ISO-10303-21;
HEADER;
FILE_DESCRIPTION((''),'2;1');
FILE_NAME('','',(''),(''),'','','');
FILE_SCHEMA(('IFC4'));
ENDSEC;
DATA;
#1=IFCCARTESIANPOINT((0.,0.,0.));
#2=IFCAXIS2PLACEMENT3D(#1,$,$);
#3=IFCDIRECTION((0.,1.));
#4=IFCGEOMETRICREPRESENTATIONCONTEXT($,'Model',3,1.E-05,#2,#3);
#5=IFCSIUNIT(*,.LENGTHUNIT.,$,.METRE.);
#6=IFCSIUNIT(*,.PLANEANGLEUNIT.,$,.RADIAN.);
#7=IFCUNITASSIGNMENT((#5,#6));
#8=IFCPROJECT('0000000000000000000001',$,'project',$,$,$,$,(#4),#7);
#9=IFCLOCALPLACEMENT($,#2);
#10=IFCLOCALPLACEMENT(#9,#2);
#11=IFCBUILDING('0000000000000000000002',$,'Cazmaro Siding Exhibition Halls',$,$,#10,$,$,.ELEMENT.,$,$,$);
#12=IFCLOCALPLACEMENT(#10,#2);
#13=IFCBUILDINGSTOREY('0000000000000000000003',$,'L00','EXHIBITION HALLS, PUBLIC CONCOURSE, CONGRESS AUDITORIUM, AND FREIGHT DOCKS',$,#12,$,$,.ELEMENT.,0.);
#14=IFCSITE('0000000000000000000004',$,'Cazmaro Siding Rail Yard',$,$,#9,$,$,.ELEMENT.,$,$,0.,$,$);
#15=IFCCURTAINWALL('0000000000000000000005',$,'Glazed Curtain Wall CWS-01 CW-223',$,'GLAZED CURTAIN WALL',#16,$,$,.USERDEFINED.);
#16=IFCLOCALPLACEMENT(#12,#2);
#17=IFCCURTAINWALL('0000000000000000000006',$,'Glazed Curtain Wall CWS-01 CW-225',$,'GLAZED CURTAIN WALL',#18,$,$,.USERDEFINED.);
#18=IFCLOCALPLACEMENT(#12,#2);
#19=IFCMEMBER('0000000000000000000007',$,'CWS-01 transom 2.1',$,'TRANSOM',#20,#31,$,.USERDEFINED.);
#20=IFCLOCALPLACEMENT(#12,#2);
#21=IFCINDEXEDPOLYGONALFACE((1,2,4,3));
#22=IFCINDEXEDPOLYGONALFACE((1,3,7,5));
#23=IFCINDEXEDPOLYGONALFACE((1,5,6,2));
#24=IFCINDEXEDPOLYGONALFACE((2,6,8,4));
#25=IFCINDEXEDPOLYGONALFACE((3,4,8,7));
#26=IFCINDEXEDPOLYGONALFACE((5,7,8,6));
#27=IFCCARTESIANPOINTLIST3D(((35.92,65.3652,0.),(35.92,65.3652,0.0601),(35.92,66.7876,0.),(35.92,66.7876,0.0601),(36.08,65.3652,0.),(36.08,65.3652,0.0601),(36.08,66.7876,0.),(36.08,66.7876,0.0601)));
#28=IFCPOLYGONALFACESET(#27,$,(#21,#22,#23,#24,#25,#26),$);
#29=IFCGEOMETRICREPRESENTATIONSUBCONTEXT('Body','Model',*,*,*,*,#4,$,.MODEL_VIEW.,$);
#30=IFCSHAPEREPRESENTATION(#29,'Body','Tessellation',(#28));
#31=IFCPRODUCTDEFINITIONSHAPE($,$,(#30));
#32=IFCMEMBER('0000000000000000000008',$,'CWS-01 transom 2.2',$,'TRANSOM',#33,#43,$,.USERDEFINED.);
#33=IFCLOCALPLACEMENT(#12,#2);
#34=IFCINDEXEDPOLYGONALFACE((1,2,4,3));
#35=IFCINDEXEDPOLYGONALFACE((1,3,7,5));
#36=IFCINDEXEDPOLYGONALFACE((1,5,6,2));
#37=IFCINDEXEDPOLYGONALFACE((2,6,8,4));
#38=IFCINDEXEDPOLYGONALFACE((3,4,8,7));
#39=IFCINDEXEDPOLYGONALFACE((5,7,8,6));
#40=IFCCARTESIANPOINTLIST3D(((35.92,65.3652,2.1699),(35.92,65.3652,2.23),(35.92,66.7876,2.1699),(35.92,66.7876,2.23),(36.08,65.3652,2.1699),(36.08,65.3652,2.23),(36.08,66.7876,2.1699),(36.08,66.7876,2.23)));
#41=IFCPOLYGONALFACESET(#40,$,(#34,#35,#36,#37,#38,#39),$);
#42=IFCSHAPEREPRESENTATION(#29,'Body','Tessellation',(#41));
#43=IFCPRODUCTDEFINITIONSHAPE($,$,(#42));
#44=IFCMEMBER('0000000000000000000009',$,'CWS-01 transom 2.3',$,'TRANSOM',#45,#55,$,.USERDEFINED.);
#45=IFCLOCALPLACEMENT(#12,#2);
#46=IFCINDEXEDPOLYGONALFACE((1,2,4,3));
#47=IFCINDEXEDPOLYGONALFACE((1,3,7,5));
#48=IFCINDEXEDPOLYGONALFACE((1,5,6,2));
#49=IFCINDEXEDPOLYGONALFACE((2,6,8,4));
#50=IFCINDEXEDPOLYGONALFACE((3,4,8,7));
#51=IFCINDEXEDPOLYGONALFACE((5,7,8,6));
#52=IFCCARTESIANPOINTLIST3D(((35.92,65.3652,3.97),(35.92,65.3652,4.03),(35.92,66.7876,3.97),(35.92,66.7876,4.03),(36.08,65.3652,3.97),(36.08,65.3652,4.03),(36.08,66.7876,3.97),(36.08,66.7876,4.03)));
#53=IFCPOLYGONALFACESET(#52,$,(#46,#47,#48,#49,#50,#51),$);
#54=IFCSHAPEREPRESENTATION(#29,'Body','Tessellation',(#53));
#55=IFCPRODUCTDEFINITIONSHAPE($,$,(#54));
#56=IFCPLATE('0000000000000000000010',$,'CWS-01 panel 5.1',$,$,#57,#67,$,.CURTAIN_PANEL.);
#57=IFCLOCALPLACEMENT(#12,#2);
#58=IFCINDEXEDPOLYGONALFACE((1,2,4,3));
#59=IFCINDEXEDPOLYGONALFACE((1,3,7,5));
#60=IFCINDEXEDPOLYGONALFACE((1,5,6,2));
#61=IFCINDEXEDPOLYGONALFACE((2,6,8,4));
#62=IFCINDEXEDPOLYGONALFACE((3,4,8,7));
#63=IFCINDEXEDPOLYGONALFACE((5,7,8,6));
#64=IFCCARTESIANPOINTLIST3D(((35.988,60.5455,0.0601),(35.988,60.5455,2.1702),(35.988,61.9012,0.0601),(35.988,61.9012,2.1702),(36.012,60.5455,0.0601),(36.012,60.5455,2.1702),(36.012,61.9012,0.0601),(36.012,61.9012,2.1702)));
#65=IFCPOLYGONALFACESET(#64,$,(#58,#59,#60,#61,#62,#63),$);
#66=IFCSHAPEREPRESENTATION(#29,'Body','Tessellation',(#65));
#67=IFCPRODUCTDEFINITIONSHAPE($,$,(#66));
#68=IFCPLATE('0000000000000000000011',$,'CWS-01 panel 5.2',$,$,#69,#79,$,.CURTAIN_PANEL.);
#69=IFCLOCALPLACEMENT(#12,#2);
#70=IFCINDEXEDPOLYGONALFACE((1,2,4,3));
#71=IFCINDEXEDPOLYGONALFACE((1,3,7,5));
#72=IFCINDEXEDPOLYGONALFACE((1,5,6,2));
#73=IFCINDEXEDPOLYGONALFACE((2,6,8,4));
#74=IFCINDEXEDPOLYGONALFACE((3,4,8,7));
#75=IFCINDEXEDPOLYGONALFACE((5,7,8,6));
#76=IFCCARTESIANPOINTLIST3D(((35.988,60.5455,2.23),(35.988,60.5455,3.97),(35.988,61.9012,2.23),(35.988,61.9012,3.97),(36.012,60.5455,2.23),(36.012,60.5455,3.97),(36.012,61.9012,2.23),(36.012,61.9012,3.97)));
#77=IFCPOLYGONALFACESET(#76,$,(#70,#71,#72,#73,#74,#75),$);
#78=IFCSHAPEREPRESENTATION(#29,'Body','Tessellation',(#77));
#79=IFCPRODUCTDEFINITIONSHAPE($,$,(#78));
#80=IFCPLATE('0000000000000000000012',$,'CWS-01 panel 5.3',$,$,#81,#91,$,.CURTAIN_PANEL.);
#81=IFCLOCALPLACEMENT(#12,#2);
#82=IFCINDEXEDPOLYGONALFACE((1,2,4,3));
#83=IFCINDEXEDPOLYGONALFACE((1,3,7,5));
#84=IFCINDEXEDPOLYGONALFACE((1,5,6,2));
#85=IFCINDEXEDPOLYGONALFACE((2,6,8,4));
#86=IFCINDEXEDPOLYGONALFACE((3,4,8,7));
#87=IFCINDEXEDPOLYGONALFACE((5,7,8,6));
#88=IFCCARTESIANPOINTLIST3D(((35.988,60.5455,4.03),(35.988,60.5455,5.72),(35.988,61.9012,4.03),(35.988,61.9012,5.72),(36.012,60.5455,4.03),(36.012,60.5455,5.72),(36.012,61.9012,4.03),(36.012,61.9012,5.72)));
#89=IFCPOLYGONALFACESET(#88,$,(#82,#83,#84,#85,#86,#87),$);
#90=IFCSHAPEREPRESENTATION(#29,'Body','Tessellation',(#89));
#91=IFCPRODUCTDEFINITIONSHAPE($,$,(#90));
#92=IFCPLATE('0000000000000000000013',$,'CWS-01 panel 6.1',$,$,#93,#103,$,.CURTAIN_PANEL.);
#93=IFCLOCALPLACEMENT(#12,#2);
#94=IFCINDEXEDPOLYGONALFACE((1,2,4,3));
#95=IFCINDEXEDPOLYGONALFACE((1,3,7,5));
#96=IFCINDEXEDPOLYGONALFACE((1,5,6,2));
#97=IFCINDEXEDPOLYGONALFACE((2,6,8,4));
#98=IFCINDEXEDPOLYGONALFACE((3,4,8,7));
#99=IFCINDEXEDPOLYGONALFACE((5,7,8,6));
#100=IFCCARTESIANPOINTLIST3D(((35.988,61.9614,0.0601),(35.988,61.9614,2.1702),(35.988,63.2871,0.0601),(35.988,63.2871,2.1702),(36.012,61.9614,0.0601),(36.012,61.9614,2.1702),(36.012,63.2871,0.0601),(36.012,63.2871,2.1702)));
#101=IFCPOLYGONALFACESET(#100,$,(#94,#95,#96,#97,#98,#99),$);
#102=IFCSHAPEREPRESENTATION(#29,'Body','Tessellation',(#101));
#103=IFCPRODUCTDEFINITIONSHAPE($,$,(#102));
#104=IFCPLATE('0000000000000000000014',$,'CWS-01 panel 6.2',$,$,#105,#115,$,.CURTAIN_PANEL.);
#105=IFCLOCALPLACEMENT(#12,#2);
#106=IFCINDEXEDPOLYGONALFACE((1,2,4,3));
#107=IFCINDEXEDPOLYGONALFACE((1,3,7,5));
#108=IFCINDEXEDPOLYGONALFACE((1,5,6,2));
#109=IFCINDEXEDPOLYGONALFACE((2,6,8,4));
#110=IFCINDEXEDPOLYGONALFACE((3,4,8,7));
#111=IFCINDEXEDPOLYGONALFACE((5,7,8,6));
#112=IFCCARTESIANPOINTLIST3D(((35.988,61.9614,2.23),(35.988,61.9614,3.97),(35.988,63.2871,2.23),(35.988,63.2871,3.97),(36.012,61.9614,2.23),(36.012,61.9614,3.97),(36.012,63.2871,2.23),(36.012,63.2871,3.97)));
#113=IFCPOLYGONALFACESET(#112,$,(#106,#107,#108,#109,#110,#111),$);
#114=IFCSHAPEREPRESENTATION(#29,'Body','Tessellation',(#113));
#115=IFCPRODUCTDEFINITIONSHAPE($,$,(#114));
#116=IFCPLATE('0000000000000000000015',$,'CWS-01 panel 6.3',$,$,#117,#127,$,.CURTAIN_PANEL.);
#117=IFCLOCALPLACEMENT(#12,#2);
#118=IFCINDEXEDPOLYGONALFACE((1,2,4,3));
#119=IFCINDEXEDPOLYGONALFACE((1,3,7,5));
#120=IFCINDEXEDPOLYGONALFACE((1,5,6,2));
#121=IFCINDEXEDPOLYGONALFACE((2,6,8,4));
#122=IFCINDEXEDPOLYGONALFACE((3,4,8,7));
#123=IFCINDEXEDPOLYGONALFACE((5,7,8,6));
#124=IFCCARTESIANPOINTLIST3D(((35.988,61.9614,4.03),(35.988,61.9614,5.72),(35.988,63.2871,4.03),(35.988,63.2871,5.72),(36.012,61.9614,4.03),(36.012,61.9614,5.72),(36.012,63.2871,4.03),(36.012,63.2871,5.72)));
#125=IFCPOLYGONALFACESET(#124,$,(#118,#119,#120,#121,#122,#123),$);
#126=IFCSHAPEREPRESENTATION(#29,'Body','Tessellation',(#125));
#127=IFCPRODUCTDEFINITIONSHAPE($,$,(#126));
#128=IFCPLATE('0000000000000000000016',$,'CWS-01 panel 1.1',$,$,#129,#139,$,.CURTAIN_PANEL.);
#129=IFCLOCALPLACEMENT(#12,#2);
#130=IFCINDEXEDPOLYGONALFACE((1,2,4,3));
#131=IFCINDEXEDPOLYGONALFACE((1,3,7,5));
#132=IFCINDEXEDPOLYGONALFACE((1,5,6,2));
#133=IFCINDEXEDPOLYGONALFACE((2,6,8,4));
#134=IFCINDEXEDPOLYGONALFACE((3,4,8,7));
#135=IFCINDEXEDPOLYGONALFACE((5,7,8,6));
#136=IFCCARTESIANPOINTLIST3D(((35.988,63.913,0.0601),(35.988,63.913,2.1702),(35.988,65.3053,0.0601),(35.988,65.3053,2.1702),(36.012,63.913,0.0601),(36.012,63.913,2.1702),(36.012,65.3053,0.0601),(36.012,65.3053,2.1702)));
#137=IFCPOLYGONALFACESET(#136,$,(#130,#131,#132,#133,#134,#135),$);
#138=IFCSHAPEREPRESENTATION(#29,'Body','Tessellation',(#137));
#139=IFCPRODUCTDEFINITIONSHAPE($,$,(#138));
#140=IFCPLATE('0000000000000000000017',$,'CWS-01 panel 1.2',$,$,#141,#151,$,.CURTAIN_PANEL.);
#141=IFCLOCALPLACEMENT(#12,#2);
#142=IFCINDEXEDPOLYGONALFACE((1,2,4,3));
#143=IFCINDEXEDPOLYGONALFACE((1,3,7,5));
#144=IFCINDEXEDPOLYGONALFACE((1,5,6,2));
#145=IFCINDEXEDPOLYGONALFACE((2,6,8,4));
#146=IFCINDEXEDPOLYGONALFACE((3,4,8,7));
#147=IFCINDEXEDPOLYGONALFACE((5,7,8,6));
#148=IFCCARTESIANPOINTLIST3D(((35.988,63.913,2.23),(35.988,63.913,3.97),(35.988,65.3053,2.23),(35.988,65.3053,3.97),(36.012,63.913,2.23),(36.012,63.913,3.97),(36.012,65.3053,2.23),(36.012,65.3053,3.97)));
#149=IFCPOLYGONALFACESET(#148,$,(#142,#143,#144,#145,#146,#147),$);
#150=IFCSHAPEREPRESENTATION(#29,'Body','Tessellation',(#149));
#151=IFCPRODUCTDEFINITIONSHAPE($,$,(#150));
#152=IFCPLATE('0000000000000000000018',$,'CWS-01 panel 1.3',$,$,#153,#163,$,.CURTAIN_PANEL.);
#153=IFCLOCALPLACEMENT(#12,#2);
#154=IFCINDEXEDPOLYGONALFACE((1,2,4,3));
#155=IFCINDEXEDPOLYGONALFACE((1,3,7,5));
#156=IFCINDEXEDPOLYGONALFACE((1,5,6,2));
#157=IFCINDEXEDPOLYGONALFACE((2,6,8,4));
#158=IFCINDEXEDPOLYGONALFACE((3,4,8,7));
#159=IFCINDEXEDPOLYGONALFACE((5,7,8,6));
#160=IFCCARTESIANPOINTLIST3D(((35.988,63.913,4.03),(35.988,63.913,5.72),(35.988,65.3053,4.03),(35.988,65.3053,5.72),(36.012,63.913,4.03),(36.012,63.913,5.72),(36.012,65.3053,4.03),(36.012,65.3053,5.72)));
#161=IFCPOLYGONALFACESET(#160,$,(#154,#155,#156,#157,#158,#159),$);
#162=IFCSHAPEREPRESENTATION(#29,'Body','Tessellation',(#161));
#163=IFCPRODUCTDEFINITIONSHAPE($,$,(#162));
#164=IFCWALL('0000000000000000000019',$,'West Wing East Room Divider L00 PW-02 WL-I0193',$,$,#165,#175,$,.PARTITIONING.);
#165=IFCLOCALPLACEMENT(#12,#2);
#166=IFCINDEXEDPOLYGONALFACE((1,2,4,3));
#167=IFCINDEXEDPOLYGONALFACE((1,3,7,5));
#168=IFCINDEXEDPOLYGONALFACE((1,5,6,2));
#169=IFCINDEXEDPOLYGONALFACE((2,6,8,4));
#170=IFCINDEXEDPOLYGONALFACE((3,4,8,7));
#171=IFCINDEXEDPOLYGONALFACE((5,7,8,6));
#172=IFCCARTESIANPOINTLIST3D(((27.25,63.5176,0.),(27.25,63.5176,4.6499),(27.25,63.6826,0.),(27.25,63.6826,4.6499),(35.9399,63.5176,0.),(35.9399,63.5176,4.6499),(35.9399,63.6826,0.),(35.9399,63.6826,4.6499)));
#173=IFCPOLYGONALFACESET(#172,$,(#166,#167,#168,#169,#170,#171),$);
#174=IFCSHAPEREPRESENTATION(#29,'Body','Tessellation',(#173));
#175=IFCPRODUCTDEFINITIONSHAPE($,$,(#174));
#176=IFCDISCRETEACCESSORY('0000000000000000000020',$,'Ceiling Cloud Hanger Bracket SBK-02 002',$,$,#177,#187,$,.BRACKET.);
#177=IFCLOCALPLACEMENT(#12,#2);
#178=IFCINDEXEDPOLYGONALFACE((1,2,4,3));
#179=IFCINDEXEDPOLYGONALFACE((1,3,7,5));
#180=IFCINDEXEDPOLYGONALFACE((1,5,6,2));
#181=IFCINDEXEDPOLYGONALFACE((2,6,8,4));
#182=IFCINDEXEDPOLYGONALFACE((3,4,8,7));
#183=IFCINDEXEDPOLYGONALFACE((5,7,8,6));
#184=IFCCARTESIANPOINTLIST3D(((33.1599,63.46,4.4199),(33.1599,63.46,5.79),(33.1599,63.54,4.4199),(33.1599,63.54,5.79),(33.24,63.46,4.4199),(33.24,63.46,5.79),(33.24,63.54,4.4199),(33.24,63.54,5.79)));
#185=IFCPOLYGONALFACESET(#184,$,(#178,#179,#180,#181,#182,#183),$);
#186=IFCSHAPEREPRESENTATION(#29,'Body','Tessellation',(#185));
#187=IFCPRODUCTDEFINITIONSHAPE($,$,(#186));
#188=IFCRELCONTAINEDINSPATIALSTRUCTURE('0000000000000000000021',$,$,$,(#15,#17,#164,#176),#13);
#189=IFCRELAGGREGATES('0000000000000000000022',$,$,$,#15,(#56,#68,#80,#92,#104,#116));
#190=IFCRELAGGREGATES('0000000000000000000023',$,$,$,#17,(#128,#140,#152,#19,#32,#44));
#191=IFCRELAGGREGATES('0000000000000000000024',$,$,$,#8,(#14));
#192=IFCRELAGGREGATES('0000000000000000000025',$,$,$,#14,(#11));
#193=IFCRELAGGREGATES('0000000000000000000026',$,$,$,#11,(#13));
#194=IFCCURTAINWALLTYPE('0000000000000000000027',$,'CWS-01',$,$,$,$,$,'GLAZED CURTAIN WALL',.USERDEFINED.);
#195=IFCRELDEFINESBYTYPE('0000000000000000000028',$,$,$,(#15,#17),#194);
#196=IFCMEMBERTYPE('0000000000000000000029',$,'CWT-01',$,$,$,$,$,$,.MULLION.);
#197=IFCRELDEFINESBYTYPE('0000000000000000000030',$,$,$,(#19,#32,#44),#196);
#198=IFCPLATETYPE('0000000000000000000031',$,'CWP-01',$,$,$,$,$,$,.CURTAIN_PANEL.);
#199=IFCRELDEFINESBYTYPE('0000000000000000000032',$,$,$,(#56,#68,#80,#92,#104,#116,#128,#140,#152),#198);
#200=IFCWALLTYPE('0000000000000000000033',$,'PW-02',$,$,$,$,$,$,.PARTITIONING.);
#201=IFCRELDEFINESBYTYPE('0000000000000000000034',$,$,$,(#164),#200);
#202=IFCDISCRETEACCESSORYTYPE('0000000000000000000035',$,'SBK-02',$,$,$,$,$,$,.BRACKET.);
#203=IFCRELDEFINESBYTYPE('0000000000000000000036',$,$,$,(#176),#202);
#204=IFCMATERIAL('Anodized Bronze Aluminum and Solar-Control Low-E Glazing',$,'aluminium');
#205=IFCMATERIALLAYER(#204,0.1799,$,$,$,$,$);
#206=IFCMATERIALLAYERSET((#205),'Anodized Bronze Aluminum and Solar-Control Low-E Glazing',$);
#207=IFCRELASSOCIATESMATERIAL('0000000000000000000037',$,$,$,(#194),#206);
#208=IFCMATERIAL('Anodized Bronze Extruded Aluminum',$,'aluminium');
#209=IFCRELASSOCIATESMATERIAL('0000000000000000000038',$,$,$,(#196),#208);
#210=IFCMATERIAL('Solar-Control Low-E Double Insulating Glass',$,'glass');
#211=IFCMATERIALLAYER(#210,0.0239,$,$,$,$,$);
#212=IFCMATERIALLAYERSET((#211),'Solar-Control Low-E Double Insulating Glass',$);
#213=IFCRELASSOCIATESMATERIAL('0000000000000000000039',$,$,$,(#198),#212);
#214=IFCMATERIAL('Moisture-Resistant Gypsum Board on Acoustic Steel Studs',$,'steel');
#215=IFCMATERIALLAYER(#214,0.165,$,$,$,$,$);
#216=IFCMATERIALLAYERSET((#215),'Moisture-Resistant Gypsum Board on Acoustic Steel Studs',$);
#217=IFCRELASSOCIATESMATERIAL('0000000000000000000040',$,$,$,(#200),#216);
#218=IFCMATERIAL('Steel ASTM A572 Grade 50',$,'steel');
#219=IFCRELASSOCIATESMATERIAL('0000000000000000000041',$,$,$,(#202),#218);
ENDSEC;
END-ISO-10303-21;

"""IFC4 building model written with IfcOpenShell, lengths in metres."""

from ifc_helpers import new_model, si_unit, direction, frame, frame_2d, origin, origin_2d, place, context, subcontext, project, spatial, rectangle, extrude, material, layer, layer_set, material_profile, profile_set, type_object, element, aggregate, save


model = new_model("IFC4")

# Units and contexts
model_context = context("Model", 3, precision=1e-05, world=origin(), true_north=direction((0.0, 1.0)))
body_context = subcontext(model_context, "Body", "Model", "MODEL_VIEW")
ifc_project = project(units=[si_unit("LENGTHUNIT", "METRE"), si_unit("PLANEANGLEUNIT", "RADIAN")], contexts=[model_context])

# Site, building, storey
site_placement = place(None, origin())
site = spatial("IfcSite", under=ifc_project, at=site_placement, Name="Cazmaro Siding Rail Yard", CompositionType="ELEMENT", RefElevation=0.0)
building_placement = place(site_placement, origin())
building = spatial("IfcBuilding", under=site, at=building_placement, Name="Cazmaro Siding Exhibition Halls", CompositionType="ELEMENT")
storey_placement = place(building_placement, origin())
storey = spatial("IfcBuildingStorey", under=building, at=storey_placement, Name="L00", Description="EXHIBITION HALLS, PUBLIC CONCOURSE, CONGRESS AUDITORIUM, AND FREIGHT DOCKS", CompositionType="ELEMENT", Elevation=0.0)

# Curtain walls
ifc_material_1 = material(Name="Anodized Bronze Aluminum and Solar-Control Low-E Glazing", Category="aluminium")
ifc_layer_1 = layer(ifc_material_1, 0.1799)
ifc_layer_set_1 = layer_set([ifc_layer_1], Name="Anodized Bronze Aluminum and Solar-Control Low-E Glazing")
curtain_wall_type = type_object("IfcCurtainWallType", Name="CWS-01", ElementType="GLAZED CURTAIN WALL", PredefinedType="USERDEFINED", material=ifc_layer_set_1)
curtain_wall_1_placement = place(storey_placement, origin())
curtain_wall_1 = element("IfcCurtainWall", 1, at=curtain_wall_1_placement, inside=storey, type_object=curtain_wall_type, Name="Glazed Curtain Wall CWS-01 CW-223", ObjectType="GLAZED CURTAIN WALL", PredefinedType="USERDEFINED")
curtain_wall_2_placement = place(storey_placement, origin())
curtain_wall_2 = element("IfcCurtainWall", 2, at=curtain_wall_2_placement, inside=storey, type_object=curtain_wall_type, Name="Glazed Curtain Wall CWS-01 CW-225", ObjectType="GLAZED CURTAIN WALL", PredefinedType="USERDEFINED")

# Members
ifc_material_2 = material(Name="Anodized Bronze Extruded Aluminum", Category="aluminium")
ifc_material_profile_1 = material_profile(ifc_material_2, rectangle(XDim=0.1599, YDim=0.0601, at=origin_2d()), Name="CWT-01")
ifc_profile_set_1 = profile_set([ifc_material_profile_1], Name="Anodized Bronze Extruded Aluminum")
member_type_1 = type_object("IfcMemberType", Name="CWT-01", PredefinedType="MULLION", material=ifc_profile_set_1)
member_1_placement = place(storey_placement, frame((36.0, 65.3652, 0.03), z_axis=(0.0, 1.0, 0.0), x_axis=(-1.0, 0.0, 0.0)))
member_1 = element("IfcMember", 3, at=member_1_placement, type_object=member_type_1, Name="CWS-01 transom 2.1", ObjectType="TRANSOM", PredefinedType="USERDEFINED", context=body_context, shape_type="SweptSolid", body=[
    extrude(rectangle(XDim=0.1599, YDim=0.0601, at=origin_2d()), origin(), (0.0, 0.0, 1.0), 1.4224),
])
member_2_placement = place(storey_placement, frame((36.0, 65.3652, 2.2), z_axis=(0.0, 1.0, 0.0), x_axis=(-1.0, 0.0, 0.0)))
member_2 = element("IfcMember", 4, at=member_2_placement, type_object=member_type_1, Name="CWS-01 transom 2.2", ObjectType="TRANSOM", PredefinedType="USERDEFINED", context=body_context, shape_type="SweptSolid", body=[
    extrude(rectangle(XDim=0.1599, YDim=0.0601, at=origin_2d()), origin(), (0.0, 0.0, 1.0), 1.4224),
])
member_3_placement = place(storey_placement, frame((36.0, 65.3652, 4.0), z_axis=(0.0, 1.0, 0.0), x_axis=(-1.0, 0.0, 0.0)))
member_3 = element("IfcMember", 5, at=member_3_placement, type_object=member_type_1, Name="CWS-01 transom 2.3", ObjectType="TRANSOM", PredefinedType="USERDEFINED", context=body_context, shape_type="SweptSolid", body=[
    extrude(rectangle(XDim=0.1599, YDim=0.0601, at=origin_2d()), origin(), (0.0, 0.0, 1.0), 1.4224),
])

# Plates
ifc_material_3 = material(Name="Solar-Control Low-E Double Insulating Glass", Category="glass")
ifc_layer_2 = layer(ifc_material_3, 0.0239)
ifc_layer_set_2 = layer_set([ifc_layer_2], Name="Solar-Control Low-E Double Insulating Glass")
plate_type = type_object("IfcPlateType", Name="CWP-01", PredefinedType="CURTAIN_PANEL", material=ifc_layer_set_2)
plate_1_placement = place(storey_placement, frame((36.0, 61.2234, 0.0601), z_axis=(0.0, 0.0, 1.0), x_axis=(0.0, 1.0, 0.0)))
plate_1 = element("IfcPlate", 6, at=plate_1_placement, type_object=plate_type, Name="CWS-01 panel 5.1", PredefinedType="CURTAIN_PANEL", context=body_context, shape_type="SweptSolid", body=[
    extrude(rectangle(XDim=1.3557, YDim=0.0239, at=origin_2d()), origin(), (0.0, 0.0, 1.0), 2.1101),
])
plate_2_placement = place(storey_placement, frame((36.0, 61.2234, 2.23), z_axis=(0.0, 0.0, 1.0), x_axis=(0.0, 1.0, 0.0)))
plate_2 = element("IfcPlate", 7, at=plate_2_placement, type_object=plate_type, Name="CWS-01 panel 5.2", PredefinedType="CURTAIN_PANEL", context=body_context, shape_type="SweptSolid", body=[
    extrude(rectangle(XDim=1.3557, YDim=0.0239, at=origin_2d()), origin(), (0.0, 0.0, 1.0), 1.74),
])
plate_3_placement = place(storey_placement, frame((36.0, 61.2234, 4.03), z_axis=(0.0, 0.0, 1.0), x_axis=(0.0, 1.0, 0.0)))
plate_3 = element("IfcPlate", 8, at=plate_3_placement, type_object=plate_type, Name="CWS-01 panel 5.3", PredefinedType="CURTAIN_PANEL", context=body_context, shape_type="SweptSolid", body=[
    extrude(rectangle(XDim=1.3557, YDim=0.0239, at=origin_2d()), origin(), (0.0, 0.0, 1.0), 1.6899),
])
plate_4_placement = place(storey_placement, frame((36.0, 62.6243, 0.0601), z_axis=(0.0, 0.0, 1.0), x_axis=(0.0, 1.0, 0.0)))
plate_4 = element("IfcPlate", 9, at=plate_4_placement, type_object=plate_type, Name="CWS-01 panel 6.1", PredefinedType="CURTAIN_PANEL", context=body_context, shape_type="SweptSolid", body=[
    extrude(rectangle(XDim=1.3257, YDim=0.0239, at=origin_2d()), origin(), (0.0, 0.0, 1.0), 2.1101),
])
plate_5_placement = place(storey_placement, frame((36.0, 62.6243, 2.23), z_axis=(0.0, 0.0, 1.0), x_axis=(0.0, 1.0, 0.0)))
plate_5 = element("IfcPlate", 10, at=plate_5_placement, type_object=plate_type, Name="CWS-01 panel 6.2", PredefinedType="CURTAIN_PANEL", context=body_context, shape_type="SweptSolid", body=[
    extrude(rectangle(XDim=1.3257, YDim=0.0239, at=origin_2d()), origin(), (0.0, 0.0, 1.0), 1.74),
])
plate_6_placement = place(storey_placement, frame((36.0, 62.6243, 4.03), z_axis=(0.0, 0.0, 1.0), x_axis=(0.0, 1.0, 0.0)))
plate_6 = element("IfcPlate", 11, at=plate_6_placement, type_object=plate_type, Name="CWS-01 panel 6.3", PredefinedType="CURTAIN_PANEL", context=body_context, shape_type="SweptSolid", body=[
    extrude(rectangle(XDim=1.3257, YDim=0.0239, at=origin_2d()), origin(), (0.0, 0.0, 1.0), 1.6899),
])
aggregate(curtain_wall_1, [plate_1, plate_2, plate_3, plate_4, plate_5, plate_6])
plate_7_placement = place(storey_placement, frame((36.0, 64.6091, 0.0601), z_axis=(0.0, 0.0, 1.0), x_axis=(0.0, 1.0, 0.0)))
plate_7 = element("IfcPlate", 12, at=plate_7_placement, type_object=plate_type, Name="CWS-01 panel 1.1", PredefinedType="CURTAIN_PANEL", context=body_context, shape_type="SweptSolid", body=[
    extrude(rectangle(XDim=1.3923, YDim=0.0239, at=origin_2d()), origin(), (0.0, 0.0, 1.0), 2.1101),
])
plate_8_placement = place(storey_placement, frame((36.0, 64.6091, 2.23), z_axis=(0.0, 0.0, 1.0), x_axis=(0.0, 1.0, 0.0)))
plate_8 = element("IfcPlate", 13, at=plate_8_placement, type_object=plate_type, Name="CWS-01 panel 1.2", PredefinedType="CURTAIN_PANEL", context=body_context, shape_type="SweptSolid", body=[
    extrude(rectangle(XDim=1.3923, YDim=0.0239, at=origin_2d()), origin(), (0.0, 0.0, 1.0), 1.74),
])
plate_9_placement = place(storey_placement, frame((36.0, 64.6091, 4.03), z_axis=(0.0, 0.0, 1.0), x_axis=(0.0, 1.0, 0.0)))
plate_9 = element("IfcPlate", 14, at=plate_9_placement, type_object=plate_type, Name="CWS-01 panel 1.3", PredefinedType="CURTAIN_PANEL", context=body_context, shape_type="SweptSolid", body=[
    extrude(rectangle(XDim=1.3923, YDim=0.0239, at=origin_2d()), origin(), (0.0, 0.0, 1.0), 1.6899),
])
aggregate(curtain_wall_2, [plate_7, plate_8, plate_9, member_1, member_2, member_3])

# Wall
ifc_material_4 = material(Name="Moisture-Resistant Gypsum Board on Acoustic Steel Studs", Category="steel")
ifc_layer_3 = layer(ifc_material_4, 0.165)
ifc_layer_set_3 = layer_set([ifc_layer_3], Name="Moisture-Resistant Gypsum Board on Acoustic Steel Studs")
wall_type = type_object("IfcWallType", Name="PW-02", PredefinedType="PARTITIONING", material=ifc_layer_set_3)
wall_placement = place(storey_placement, frame((27.25, 63.6001, 0.0), z_axis=(0.0, 0.0, 1.0), x_axis=(1.0, 0.0, 0.0)))
element("IfcWall", 15, at=wall_placement, inside=storey, type_object=wall_type, Name="West Wing East Room Divider L00 PW-02 WL-I0193", PredefinedType="PARTITIONING", context=body_context, shape_type="SweptSolid", body=[
    extrude(rectangle(XDim=8.6899, YDim=0.165, at=frame_2d((4.345, 0.0))), origin(), (0.0, 0.0, 1.0), 4.6499),
])

# Discrete accessory
ifc_material_5 = material(Name="Steel ASTM A572 Grade 50", Category="steel")
discrete_accessory_type = type_object("IfcDiscreteAccessoryType", Name="SBK-02", PredefinedType="BRACKET", material=ifc_material_5)
discrete_accessory_placement = place(storey_placement, frame((33.2, 63.5, 4.4199), z_axis=(0.0, 0.0, 1.0), x_axis=(1.0, 0.0, 0.0)))
element("IfcDiscreteAccessory", 16, at=discrete_accessory_placement, inside=storey, type_object=discrete_accessory_type, Name="Ceiling Cloud Hanger Bracket SBK-02 002", PredefinedType="BRACKET", context=body_context, shape_type="SweptSolid", body=[
    extrude(rectangle(XDim=0.0801, YDim=0.0801, at=origin_2d()), origin(), (0.0, 0.0, 1.0), 1.3701),
])

save(model, "model.ifc")
